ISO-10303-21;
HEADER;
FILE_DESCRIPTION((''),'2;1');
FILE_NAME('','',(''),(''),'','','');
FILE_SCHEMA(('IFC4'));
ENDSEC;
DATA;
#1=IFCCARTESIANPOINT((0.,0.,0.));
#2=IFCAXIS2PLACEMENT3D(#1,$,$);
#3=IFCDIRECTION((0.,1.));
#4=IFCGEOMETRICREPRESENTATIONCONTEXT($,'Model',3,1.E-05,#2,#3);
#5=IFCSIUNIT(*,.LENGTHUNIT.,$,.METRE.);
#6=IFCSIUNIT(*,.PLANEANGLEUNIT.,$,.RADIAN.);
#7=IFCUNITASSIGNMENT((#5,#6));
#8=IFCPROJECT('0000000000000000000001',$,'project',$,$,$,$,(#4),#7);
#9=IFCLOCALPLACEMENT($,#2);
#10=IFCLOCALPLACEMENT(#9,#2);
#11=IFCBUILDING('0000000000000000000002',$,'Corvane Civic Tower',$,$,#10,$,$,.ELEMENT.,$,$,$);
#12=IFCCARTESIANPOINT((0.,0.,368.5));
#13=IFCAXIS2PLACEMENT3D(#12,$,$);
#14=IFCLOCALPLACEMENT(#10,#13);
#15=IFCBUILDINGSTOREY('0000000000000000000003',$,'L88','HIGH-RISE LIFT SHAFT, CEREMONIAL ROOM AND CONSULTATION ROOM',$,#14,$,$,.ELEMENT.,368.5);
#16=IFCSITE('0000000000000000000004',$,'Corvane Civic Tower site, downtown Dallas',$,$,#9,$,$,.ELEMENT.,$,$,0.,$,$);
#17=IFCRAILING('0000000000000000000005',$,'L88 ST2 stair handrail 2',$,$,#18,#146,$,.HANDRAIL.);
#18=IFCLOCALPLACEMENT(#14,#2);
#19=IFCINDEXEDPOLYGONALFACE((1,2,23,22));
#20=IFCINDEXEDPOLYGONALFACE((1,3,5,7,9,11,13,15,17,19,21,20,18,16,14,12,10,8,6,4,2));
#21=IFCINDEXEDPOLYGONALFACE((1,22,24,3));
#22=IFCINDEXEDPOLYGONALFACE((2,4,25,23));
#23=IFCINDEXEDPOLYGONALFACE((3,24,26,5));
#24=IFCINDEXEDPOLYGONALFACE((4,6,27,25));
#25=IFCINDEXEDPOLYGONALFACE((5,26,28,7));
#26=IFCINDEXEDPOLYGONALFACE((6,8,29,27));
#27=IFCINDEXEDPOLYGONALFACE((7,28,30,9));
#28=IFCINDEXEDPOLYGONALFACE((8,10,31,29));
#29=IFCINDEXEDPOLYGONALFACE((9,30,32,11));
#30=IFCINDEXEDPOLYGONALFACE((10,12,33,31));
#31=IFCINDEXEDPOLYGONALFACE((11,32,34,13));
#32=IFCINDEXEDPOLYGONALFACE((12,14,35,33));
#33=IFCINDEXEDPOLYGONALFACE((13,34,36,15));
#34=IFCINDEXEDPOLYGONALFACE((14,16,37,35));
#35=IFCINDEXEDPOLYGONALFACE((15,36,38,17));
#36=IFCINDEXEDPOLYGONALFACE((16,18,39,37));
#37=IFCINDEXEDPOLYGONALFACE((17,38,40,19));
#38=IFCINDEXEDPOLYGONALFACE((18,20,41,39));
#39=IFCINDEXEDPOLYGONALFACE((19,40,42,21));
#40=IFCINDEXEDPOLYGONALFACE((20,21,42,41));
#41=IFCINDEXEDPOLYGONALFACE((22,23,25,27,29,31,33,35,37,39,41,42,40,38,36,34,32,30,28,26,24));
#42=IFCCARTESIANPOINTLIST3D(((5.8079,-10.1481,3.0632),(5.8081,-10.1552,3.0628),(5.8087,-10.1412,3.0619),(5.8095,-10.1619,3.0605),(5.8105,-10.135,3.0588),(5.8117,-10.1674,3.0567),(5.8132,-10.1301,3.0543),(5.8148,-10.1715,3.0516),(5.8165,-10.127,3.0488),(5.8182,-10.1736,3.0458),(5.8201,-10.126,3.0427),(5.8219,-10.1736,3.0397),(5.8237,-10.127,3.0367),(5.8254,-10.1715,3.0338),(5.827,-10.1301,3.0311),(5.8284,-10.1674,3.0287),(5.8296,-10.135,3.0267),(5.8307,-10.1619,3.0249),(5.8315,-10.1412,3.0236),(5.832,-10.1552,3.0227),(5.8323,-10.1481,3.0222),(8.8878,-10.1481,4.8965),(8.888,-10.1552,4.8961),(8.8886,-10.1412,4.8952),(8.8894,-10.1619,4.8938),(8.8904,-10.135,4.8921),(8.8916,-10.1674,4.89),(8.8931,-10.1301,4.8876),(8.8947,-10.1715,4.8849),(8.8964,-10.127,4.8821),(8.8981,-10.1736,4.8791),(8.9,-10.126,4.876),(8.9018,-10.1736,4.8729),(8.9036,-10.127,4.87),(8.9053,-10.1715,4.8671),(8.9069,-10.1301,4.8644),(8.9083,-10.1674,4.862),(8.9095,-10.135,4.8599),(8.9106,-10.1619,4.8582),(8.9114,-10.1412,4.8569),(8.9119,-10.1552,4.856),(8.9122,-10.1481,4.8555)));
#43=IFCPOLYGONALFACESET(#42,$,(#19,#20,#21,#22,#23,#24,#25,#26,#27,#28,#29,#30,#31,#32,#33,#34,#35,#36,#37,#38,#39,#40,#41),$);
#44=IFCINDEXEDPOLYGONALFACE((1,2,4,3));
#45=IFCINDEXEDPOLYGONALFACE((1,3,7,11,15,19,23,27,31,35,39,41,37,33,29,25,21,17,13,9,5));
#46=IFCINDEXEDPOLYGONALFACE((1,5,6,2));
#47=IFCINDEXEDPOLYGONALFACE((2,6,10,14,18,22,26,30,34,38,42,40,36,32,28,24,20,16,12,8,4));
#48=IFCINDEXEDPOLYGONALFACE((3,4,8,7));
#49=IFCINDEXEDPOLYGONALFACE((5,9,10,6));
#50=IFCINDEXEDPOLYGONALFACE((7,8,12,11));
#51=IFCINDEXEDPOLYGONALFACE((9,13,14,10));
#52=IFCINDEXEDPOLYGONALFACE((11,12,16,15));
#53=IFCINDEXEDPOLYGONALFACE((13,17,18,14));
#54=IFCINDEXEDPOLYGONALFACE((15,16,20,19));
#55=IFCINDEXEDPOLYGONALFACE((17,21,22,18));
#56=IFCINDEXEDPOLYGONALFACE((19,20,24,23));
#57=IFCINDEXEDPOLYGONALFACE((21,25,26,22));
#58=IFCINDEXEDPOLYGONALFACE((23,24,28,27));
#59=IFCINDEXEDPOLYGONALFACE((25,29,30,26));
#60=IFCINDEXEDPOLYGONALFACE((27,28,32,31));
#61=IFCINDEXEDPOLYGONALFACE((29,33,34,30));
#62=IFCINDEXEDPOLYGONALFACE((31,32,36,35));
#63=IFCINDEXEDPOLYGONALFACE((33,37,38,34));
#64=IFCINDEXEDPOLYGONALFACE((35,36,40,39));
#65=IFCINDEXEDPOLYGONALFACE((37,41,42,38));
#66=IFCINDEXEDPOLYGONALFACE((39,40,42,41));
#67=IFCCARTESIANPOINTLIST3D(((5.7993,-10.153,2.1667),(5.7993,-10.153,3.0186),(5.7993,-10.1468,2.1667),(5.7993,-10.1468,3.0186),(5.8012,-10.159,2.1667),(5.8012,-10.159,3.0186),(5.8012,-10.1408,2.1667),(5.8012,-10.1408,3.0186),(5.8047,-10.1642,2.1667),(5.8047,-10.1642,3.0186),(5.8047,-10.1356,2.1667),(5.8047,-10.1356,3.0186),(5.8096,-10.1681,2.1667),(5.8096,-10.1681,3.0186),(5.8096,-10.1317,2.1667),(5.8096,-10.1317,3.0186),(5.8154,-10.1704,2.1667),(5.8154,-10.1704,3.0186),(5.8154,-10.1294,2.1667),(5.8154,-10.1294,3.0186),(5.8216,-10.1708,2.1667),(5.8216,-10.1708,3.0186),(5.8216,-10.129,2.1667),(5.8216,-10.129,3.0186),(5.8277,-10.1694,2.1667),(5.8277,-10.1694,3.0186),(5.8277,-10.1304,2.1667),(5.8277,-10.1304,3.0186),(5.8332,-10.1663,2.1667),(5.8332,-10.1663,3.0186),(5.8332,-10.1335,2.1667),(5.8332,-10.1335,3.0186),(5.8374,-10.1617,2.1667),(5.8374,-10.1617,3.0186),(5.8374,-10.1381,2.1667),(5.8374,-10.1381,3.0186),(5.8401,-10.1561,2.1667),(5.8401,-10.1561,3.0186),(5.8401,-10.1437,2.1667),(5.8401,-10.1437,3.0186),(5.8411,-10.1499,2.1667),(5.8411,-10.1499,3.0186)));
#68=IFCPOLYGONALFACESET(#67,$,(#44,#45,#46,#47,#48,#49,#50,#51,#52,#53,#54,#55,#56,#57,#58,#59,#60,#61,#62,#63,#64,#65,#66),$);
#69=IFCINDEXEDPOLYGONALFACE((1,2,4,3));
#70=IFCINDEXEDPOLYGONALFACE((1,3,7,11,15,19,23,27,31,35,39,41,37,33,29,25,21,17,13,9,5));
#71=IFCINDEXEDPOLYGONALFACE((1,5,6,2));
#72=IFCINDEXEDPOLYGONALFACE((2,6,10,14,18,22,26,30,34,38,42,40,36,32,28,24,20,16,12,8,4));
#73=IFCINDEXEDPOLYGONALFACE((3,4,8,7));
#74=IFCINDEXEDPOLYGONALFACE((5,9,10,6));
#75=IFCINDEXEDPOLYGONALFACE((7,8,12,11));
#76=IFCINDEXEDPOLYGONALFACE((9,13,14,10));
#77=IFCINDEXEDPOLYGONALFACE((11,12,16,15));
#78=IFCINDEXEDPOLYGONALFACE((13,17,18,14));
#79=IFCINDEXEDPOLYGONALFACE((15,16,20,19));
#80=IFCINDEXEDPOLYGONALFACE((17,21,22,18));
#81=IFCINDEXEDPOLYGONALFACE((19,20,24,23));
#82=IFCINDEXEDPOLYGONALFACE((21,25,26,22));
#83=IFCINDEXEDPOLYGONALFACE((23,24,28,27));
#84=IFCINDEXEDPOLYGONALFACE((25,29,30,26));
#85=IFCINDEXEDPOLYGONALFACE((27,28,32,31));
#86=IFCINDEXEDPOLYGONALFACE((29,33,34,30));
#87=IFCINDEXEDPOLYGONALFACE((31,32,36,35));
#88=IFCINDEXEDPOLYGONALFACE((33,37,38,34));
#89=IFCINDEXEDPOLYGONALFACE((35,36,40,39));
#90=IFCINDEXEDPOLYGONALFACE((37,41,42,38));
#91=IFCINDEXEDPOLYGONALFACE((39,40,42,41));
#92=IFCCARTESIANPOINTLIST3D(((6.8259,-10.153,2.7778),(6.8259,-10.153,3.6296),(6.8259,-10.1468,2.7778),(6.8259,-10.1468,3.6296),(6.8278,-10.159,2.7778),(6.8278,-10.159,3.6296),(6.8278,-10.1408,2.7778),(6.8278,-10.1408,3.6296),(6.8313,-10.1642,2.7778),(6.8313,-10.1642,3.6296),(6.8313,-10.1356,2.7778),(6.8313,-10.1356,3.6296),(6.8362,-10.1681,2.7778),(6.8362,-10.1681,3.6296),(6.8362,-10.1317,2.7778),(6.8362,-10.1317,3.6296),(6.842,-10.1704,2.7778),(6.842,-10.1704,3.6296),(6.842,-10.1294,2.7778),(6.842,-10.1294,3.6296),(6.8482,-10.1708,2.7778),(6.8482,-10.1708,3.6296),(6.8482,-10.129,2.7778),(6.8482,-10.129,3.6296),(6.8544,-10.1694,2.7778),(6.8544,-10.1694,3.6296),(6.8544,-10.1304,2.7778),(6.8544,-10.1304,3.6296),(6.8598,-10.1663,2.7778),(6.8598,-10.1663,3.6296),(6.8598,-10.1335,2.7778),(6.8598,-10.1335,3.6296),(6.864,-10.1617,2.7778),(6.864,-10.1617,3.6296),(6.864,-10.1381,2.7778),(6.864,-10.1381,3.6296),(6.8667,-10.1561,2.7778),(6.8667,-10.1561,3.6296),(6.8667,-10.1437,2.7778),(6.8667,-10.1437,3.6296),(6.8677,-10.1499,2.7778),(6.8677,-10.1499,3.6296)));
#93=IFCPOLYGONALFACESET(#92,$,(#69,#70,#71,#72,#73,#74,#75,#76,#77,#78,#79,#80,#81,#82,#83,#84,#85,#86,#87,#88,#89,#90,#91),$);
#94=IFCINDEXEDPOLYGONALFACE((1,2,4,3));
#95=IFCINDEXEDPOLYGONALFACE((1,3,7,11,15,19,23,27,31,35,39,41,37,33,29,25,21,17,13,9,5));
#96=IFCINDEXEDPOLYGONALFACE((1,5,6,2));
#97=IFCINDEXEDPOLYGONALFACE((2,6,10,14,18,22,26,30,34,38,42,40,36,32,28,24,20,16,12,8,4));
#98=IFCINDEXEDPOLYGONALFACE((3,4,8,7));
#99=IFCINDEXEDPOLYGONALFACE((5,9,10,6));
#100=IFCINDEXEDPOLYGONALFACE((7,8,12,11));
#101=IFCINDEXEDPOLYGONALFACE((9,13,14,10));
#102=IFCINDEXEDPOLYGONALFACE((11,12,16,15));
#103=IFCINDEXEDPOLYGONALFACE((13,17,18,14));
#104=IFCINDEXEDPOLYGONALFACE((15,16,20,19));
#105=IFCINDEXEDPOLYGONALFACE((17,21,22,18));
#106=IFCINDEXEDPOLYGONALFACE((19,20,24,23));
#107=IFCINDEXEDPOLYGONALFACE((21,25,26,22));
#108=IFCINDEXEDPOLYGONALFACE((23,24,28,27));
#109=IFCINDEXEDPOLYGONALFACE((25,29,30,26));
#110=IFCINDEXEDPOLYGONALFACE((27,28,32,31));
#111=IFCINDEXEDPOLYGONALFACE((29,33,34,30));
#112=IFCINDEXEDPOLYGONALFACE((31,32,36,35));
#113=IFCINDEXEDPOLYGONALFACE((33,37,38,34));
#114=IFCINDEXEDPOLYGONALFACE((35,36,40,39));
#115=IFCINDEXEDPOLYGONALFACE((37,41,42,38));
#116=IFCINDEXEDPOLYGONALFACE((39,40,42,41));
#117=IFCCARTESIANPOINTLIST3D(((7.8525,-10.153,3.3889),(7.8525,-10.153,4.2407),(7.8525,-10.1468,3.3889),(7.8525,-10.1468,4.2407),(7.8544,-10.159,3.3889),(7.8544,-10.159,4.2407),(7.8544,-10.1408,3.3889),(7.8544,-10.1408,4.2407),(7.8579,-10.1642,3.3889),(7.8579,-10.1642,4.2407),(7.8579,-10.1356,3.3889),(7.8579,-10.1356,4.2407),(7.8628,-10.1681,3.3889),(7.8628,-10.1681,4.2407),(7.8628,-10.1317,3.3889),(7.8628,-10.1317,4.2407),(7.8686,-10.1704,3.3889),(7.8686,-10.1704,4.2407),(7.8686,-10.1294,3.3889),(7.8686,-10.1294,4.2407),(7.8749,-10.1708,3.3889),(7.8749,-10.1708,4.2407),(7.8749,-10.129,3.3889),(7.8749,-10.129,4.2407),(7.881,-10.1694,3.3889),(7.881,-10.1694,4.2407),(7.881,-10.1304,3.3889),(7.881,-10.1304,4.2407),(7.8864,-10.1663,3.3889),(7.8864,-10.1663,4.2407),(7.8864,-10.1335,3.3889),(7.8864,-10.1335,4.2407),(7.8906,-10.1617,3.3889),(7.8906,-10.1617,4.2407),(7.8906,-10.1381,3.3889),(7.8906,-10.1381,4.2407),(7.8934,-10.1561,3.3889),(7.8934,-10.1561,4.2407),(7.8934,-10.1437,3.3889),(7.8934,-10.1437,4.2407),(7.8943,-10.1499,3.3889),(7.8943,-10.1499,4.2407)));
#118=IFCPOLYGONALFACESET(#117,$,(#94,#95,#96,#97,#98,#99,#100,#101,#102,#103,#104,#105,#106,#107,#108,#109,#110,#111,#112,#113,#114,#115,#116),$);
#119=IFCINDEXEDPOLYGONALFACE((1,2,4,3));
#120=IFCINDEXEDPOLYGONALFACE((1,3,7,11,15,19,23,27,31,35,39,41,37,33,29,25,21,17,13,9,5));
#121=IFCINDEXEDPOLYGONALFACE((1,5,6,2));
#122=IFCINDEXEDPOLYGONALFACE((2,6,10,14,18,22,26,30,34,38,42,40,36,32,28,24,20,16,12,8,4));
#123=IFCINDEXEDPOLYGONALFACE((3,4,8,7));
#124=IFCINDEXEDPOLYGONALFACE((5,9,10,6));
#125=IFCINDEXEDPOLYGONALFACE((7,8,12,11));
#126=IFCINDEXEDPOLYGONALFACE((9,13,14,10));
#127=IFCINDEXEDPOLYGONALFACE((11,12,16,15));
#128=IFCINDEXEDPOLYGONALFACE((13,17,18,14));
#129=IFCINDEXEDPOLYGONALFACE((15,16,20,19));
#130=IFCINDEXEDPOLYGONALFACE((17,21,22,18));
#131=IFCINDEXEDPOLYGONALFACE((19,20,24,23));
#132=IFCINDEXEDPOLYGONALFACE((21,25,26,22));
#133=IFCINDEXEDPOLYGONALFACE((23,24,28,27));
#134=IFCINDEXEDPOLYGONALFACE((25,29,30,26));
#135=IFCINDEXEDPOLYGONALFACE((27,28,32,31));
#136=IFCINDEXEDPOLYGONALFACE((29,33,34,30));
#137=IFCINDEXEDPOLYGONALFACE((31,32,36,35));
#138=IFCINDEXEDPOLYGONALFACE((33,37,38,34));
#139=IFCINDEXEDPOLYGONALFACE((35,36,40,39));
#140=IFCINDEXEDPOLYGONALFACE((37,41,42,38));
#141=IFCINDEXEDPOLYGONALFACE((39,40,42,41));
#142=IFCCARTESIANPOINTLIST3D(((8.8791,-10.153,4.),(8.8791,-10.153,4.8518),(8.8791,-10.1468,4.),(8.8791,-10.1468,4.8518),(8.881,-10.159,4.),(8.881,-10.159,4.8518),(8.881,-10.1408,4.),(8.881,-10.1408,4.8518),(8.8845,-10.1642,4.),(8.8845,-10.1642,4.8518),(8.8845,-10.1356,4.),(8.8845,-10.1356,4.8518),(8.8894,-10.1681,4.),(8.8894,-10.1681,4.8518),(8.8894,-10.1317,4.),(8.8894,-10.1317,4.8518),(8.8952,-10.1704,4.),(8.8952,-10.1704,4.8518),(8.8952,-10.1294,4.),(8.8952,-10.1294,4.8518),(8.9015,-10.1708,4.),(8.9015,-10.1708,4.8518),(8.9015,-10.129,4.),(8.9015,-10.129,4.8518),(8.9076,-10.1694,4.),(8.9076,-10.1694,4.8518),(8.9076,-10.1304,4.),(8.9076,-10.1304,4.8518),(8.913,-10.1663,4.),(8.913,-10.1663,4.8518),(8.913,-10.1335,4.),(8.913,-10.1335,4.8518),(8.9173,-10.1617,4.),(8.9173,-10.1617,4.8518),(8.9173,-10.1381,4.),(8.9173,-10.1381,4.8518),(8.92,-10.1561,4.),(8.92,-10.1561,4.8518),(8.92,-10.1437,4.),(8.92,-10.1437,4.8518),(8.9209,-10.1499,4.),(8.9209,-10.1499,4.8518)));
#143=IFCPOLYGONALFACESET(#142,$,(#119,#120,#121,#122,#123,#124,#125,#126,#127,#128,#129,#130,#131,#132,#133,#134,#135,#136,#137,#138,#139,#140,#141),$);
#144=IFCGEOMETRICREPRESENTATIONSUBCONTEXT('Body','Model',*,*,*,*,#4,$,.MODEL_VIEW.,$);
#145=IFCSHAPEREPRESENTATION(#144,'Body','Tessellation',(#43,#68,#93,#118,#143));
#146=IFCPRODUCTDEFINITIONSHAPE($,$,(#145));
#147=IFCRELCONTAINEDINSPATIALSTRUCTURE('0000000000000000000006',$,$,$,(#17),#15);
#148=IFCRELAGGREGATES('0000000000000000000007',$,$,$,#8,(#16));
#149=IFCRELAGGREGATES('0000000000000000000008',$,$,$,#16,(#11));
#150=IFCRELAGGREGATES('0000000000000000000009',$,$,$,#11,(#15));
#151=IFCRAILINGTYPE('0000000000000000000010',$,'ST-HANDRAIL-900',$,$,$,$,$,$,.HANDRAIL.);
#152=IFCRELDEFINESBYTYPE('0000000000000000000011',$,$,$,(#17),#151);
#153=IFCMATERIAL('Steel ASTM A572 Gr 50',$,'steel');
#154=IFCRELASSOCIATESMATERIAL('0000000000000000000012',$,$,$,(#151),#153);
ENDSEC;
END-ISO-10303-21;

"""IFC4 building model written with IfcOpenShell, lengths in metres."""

from ifc_helpers import new_model, si_unit, direction, frame, origin, origin_2d, place, context, subcontext, project, spatial, circle, extrude, material, type_object, element, save


model = new_model("IFC4")

# Units and contexts
model_context = context("Model", 3, precision=1e-05, world=origin(), true_north=direction((0.0, 1.0)))
body_context = subcontext(model_context, "Body", "Model", "MODEL_VIEW")
ifc_project = project(units=[si_unit("LENGTHUNIT", "METRE"), si_unit("PLANEANGLEUNIT", "RADIAN")], contexts=[model_context])

# Site, building, storey
site_placement = place(None, origin())
site = spatial("IfcSite", under=ifc_project, at=site_placement, Name="Corvane Civic Tower site, downtown Dallas", CompositionType="ELEMENT", RefElevation=0.0)
building_placement = place(site_placement, origin())
building = spatial("IfcBuilding", under=site, at=building_placement, Name="Corvane Civic Tower", CompositionType="ELEMENT")
storey_placement = place(building_placement, frame((0.0, 0.0, 368.5)))
storey = spatial("IfcBuildingStorey", under=building, at=storey_placement, Name="L88", Description="HIGH-RISE LIFT SHAFT, CEREMONIAL ROOM AND CONSULTATION ROOM", CompositionType="ELEMENT", Elevation=368.5)

# Railing
ifc_material_1 = material(Name="Steel ASTM A572 Gr 50", Category="steel")
railing_type_1 = type_object("IfcRailingType", Name="ST-HANDRAIL-900", PredefinedType="HANDRAIL", material=ifc_material_1)
railing_1_placement = place(storey_placement, frame((5.8201, -10.1499, 2.1667)))
element("IfcRailing", 1, at=railing_1_placement, inside=storey, type_object=railing_type_1, Name="L88 ST2 stair handrail 2", PredefinedType="HANDRAIL", context=body_context, shape_type="SweptSolid", body=[
    extrude(circle(Radius=0.0239, at=origin_2d()), frame((0.0, 0.0, 0.876), z_axis=(0.859291, 0.0, 0.511487), x_axis=(0.0, 1.0, 0.0)), (0.0, 0.0, 1.0), 3.5842),
    extrude(circle(Radius=0.021, at=origin_2d()), origin(), (0.0, 0.0, 1.0), 0.8518),
    extrude(circle(Radius=0.021, at=origin_2d()), frame((1.0266, 0.0, 0.6111)), (0.0, 0.0, 1.0), 0.8518),
    extrude(circle(Radius=0.021, at=origin_2d()), frame((2.0532, 0.0, 1.2222)), (0.0, 0.0, 1.0), 0.8518),
    extrude(circle(Radius=0.021, at=origin_2d()), frame((3.0798, 0.0, 1.8333)), (0.0, 0.0, 1.0), 0.8518),
])

save(model, "model.ifc")
